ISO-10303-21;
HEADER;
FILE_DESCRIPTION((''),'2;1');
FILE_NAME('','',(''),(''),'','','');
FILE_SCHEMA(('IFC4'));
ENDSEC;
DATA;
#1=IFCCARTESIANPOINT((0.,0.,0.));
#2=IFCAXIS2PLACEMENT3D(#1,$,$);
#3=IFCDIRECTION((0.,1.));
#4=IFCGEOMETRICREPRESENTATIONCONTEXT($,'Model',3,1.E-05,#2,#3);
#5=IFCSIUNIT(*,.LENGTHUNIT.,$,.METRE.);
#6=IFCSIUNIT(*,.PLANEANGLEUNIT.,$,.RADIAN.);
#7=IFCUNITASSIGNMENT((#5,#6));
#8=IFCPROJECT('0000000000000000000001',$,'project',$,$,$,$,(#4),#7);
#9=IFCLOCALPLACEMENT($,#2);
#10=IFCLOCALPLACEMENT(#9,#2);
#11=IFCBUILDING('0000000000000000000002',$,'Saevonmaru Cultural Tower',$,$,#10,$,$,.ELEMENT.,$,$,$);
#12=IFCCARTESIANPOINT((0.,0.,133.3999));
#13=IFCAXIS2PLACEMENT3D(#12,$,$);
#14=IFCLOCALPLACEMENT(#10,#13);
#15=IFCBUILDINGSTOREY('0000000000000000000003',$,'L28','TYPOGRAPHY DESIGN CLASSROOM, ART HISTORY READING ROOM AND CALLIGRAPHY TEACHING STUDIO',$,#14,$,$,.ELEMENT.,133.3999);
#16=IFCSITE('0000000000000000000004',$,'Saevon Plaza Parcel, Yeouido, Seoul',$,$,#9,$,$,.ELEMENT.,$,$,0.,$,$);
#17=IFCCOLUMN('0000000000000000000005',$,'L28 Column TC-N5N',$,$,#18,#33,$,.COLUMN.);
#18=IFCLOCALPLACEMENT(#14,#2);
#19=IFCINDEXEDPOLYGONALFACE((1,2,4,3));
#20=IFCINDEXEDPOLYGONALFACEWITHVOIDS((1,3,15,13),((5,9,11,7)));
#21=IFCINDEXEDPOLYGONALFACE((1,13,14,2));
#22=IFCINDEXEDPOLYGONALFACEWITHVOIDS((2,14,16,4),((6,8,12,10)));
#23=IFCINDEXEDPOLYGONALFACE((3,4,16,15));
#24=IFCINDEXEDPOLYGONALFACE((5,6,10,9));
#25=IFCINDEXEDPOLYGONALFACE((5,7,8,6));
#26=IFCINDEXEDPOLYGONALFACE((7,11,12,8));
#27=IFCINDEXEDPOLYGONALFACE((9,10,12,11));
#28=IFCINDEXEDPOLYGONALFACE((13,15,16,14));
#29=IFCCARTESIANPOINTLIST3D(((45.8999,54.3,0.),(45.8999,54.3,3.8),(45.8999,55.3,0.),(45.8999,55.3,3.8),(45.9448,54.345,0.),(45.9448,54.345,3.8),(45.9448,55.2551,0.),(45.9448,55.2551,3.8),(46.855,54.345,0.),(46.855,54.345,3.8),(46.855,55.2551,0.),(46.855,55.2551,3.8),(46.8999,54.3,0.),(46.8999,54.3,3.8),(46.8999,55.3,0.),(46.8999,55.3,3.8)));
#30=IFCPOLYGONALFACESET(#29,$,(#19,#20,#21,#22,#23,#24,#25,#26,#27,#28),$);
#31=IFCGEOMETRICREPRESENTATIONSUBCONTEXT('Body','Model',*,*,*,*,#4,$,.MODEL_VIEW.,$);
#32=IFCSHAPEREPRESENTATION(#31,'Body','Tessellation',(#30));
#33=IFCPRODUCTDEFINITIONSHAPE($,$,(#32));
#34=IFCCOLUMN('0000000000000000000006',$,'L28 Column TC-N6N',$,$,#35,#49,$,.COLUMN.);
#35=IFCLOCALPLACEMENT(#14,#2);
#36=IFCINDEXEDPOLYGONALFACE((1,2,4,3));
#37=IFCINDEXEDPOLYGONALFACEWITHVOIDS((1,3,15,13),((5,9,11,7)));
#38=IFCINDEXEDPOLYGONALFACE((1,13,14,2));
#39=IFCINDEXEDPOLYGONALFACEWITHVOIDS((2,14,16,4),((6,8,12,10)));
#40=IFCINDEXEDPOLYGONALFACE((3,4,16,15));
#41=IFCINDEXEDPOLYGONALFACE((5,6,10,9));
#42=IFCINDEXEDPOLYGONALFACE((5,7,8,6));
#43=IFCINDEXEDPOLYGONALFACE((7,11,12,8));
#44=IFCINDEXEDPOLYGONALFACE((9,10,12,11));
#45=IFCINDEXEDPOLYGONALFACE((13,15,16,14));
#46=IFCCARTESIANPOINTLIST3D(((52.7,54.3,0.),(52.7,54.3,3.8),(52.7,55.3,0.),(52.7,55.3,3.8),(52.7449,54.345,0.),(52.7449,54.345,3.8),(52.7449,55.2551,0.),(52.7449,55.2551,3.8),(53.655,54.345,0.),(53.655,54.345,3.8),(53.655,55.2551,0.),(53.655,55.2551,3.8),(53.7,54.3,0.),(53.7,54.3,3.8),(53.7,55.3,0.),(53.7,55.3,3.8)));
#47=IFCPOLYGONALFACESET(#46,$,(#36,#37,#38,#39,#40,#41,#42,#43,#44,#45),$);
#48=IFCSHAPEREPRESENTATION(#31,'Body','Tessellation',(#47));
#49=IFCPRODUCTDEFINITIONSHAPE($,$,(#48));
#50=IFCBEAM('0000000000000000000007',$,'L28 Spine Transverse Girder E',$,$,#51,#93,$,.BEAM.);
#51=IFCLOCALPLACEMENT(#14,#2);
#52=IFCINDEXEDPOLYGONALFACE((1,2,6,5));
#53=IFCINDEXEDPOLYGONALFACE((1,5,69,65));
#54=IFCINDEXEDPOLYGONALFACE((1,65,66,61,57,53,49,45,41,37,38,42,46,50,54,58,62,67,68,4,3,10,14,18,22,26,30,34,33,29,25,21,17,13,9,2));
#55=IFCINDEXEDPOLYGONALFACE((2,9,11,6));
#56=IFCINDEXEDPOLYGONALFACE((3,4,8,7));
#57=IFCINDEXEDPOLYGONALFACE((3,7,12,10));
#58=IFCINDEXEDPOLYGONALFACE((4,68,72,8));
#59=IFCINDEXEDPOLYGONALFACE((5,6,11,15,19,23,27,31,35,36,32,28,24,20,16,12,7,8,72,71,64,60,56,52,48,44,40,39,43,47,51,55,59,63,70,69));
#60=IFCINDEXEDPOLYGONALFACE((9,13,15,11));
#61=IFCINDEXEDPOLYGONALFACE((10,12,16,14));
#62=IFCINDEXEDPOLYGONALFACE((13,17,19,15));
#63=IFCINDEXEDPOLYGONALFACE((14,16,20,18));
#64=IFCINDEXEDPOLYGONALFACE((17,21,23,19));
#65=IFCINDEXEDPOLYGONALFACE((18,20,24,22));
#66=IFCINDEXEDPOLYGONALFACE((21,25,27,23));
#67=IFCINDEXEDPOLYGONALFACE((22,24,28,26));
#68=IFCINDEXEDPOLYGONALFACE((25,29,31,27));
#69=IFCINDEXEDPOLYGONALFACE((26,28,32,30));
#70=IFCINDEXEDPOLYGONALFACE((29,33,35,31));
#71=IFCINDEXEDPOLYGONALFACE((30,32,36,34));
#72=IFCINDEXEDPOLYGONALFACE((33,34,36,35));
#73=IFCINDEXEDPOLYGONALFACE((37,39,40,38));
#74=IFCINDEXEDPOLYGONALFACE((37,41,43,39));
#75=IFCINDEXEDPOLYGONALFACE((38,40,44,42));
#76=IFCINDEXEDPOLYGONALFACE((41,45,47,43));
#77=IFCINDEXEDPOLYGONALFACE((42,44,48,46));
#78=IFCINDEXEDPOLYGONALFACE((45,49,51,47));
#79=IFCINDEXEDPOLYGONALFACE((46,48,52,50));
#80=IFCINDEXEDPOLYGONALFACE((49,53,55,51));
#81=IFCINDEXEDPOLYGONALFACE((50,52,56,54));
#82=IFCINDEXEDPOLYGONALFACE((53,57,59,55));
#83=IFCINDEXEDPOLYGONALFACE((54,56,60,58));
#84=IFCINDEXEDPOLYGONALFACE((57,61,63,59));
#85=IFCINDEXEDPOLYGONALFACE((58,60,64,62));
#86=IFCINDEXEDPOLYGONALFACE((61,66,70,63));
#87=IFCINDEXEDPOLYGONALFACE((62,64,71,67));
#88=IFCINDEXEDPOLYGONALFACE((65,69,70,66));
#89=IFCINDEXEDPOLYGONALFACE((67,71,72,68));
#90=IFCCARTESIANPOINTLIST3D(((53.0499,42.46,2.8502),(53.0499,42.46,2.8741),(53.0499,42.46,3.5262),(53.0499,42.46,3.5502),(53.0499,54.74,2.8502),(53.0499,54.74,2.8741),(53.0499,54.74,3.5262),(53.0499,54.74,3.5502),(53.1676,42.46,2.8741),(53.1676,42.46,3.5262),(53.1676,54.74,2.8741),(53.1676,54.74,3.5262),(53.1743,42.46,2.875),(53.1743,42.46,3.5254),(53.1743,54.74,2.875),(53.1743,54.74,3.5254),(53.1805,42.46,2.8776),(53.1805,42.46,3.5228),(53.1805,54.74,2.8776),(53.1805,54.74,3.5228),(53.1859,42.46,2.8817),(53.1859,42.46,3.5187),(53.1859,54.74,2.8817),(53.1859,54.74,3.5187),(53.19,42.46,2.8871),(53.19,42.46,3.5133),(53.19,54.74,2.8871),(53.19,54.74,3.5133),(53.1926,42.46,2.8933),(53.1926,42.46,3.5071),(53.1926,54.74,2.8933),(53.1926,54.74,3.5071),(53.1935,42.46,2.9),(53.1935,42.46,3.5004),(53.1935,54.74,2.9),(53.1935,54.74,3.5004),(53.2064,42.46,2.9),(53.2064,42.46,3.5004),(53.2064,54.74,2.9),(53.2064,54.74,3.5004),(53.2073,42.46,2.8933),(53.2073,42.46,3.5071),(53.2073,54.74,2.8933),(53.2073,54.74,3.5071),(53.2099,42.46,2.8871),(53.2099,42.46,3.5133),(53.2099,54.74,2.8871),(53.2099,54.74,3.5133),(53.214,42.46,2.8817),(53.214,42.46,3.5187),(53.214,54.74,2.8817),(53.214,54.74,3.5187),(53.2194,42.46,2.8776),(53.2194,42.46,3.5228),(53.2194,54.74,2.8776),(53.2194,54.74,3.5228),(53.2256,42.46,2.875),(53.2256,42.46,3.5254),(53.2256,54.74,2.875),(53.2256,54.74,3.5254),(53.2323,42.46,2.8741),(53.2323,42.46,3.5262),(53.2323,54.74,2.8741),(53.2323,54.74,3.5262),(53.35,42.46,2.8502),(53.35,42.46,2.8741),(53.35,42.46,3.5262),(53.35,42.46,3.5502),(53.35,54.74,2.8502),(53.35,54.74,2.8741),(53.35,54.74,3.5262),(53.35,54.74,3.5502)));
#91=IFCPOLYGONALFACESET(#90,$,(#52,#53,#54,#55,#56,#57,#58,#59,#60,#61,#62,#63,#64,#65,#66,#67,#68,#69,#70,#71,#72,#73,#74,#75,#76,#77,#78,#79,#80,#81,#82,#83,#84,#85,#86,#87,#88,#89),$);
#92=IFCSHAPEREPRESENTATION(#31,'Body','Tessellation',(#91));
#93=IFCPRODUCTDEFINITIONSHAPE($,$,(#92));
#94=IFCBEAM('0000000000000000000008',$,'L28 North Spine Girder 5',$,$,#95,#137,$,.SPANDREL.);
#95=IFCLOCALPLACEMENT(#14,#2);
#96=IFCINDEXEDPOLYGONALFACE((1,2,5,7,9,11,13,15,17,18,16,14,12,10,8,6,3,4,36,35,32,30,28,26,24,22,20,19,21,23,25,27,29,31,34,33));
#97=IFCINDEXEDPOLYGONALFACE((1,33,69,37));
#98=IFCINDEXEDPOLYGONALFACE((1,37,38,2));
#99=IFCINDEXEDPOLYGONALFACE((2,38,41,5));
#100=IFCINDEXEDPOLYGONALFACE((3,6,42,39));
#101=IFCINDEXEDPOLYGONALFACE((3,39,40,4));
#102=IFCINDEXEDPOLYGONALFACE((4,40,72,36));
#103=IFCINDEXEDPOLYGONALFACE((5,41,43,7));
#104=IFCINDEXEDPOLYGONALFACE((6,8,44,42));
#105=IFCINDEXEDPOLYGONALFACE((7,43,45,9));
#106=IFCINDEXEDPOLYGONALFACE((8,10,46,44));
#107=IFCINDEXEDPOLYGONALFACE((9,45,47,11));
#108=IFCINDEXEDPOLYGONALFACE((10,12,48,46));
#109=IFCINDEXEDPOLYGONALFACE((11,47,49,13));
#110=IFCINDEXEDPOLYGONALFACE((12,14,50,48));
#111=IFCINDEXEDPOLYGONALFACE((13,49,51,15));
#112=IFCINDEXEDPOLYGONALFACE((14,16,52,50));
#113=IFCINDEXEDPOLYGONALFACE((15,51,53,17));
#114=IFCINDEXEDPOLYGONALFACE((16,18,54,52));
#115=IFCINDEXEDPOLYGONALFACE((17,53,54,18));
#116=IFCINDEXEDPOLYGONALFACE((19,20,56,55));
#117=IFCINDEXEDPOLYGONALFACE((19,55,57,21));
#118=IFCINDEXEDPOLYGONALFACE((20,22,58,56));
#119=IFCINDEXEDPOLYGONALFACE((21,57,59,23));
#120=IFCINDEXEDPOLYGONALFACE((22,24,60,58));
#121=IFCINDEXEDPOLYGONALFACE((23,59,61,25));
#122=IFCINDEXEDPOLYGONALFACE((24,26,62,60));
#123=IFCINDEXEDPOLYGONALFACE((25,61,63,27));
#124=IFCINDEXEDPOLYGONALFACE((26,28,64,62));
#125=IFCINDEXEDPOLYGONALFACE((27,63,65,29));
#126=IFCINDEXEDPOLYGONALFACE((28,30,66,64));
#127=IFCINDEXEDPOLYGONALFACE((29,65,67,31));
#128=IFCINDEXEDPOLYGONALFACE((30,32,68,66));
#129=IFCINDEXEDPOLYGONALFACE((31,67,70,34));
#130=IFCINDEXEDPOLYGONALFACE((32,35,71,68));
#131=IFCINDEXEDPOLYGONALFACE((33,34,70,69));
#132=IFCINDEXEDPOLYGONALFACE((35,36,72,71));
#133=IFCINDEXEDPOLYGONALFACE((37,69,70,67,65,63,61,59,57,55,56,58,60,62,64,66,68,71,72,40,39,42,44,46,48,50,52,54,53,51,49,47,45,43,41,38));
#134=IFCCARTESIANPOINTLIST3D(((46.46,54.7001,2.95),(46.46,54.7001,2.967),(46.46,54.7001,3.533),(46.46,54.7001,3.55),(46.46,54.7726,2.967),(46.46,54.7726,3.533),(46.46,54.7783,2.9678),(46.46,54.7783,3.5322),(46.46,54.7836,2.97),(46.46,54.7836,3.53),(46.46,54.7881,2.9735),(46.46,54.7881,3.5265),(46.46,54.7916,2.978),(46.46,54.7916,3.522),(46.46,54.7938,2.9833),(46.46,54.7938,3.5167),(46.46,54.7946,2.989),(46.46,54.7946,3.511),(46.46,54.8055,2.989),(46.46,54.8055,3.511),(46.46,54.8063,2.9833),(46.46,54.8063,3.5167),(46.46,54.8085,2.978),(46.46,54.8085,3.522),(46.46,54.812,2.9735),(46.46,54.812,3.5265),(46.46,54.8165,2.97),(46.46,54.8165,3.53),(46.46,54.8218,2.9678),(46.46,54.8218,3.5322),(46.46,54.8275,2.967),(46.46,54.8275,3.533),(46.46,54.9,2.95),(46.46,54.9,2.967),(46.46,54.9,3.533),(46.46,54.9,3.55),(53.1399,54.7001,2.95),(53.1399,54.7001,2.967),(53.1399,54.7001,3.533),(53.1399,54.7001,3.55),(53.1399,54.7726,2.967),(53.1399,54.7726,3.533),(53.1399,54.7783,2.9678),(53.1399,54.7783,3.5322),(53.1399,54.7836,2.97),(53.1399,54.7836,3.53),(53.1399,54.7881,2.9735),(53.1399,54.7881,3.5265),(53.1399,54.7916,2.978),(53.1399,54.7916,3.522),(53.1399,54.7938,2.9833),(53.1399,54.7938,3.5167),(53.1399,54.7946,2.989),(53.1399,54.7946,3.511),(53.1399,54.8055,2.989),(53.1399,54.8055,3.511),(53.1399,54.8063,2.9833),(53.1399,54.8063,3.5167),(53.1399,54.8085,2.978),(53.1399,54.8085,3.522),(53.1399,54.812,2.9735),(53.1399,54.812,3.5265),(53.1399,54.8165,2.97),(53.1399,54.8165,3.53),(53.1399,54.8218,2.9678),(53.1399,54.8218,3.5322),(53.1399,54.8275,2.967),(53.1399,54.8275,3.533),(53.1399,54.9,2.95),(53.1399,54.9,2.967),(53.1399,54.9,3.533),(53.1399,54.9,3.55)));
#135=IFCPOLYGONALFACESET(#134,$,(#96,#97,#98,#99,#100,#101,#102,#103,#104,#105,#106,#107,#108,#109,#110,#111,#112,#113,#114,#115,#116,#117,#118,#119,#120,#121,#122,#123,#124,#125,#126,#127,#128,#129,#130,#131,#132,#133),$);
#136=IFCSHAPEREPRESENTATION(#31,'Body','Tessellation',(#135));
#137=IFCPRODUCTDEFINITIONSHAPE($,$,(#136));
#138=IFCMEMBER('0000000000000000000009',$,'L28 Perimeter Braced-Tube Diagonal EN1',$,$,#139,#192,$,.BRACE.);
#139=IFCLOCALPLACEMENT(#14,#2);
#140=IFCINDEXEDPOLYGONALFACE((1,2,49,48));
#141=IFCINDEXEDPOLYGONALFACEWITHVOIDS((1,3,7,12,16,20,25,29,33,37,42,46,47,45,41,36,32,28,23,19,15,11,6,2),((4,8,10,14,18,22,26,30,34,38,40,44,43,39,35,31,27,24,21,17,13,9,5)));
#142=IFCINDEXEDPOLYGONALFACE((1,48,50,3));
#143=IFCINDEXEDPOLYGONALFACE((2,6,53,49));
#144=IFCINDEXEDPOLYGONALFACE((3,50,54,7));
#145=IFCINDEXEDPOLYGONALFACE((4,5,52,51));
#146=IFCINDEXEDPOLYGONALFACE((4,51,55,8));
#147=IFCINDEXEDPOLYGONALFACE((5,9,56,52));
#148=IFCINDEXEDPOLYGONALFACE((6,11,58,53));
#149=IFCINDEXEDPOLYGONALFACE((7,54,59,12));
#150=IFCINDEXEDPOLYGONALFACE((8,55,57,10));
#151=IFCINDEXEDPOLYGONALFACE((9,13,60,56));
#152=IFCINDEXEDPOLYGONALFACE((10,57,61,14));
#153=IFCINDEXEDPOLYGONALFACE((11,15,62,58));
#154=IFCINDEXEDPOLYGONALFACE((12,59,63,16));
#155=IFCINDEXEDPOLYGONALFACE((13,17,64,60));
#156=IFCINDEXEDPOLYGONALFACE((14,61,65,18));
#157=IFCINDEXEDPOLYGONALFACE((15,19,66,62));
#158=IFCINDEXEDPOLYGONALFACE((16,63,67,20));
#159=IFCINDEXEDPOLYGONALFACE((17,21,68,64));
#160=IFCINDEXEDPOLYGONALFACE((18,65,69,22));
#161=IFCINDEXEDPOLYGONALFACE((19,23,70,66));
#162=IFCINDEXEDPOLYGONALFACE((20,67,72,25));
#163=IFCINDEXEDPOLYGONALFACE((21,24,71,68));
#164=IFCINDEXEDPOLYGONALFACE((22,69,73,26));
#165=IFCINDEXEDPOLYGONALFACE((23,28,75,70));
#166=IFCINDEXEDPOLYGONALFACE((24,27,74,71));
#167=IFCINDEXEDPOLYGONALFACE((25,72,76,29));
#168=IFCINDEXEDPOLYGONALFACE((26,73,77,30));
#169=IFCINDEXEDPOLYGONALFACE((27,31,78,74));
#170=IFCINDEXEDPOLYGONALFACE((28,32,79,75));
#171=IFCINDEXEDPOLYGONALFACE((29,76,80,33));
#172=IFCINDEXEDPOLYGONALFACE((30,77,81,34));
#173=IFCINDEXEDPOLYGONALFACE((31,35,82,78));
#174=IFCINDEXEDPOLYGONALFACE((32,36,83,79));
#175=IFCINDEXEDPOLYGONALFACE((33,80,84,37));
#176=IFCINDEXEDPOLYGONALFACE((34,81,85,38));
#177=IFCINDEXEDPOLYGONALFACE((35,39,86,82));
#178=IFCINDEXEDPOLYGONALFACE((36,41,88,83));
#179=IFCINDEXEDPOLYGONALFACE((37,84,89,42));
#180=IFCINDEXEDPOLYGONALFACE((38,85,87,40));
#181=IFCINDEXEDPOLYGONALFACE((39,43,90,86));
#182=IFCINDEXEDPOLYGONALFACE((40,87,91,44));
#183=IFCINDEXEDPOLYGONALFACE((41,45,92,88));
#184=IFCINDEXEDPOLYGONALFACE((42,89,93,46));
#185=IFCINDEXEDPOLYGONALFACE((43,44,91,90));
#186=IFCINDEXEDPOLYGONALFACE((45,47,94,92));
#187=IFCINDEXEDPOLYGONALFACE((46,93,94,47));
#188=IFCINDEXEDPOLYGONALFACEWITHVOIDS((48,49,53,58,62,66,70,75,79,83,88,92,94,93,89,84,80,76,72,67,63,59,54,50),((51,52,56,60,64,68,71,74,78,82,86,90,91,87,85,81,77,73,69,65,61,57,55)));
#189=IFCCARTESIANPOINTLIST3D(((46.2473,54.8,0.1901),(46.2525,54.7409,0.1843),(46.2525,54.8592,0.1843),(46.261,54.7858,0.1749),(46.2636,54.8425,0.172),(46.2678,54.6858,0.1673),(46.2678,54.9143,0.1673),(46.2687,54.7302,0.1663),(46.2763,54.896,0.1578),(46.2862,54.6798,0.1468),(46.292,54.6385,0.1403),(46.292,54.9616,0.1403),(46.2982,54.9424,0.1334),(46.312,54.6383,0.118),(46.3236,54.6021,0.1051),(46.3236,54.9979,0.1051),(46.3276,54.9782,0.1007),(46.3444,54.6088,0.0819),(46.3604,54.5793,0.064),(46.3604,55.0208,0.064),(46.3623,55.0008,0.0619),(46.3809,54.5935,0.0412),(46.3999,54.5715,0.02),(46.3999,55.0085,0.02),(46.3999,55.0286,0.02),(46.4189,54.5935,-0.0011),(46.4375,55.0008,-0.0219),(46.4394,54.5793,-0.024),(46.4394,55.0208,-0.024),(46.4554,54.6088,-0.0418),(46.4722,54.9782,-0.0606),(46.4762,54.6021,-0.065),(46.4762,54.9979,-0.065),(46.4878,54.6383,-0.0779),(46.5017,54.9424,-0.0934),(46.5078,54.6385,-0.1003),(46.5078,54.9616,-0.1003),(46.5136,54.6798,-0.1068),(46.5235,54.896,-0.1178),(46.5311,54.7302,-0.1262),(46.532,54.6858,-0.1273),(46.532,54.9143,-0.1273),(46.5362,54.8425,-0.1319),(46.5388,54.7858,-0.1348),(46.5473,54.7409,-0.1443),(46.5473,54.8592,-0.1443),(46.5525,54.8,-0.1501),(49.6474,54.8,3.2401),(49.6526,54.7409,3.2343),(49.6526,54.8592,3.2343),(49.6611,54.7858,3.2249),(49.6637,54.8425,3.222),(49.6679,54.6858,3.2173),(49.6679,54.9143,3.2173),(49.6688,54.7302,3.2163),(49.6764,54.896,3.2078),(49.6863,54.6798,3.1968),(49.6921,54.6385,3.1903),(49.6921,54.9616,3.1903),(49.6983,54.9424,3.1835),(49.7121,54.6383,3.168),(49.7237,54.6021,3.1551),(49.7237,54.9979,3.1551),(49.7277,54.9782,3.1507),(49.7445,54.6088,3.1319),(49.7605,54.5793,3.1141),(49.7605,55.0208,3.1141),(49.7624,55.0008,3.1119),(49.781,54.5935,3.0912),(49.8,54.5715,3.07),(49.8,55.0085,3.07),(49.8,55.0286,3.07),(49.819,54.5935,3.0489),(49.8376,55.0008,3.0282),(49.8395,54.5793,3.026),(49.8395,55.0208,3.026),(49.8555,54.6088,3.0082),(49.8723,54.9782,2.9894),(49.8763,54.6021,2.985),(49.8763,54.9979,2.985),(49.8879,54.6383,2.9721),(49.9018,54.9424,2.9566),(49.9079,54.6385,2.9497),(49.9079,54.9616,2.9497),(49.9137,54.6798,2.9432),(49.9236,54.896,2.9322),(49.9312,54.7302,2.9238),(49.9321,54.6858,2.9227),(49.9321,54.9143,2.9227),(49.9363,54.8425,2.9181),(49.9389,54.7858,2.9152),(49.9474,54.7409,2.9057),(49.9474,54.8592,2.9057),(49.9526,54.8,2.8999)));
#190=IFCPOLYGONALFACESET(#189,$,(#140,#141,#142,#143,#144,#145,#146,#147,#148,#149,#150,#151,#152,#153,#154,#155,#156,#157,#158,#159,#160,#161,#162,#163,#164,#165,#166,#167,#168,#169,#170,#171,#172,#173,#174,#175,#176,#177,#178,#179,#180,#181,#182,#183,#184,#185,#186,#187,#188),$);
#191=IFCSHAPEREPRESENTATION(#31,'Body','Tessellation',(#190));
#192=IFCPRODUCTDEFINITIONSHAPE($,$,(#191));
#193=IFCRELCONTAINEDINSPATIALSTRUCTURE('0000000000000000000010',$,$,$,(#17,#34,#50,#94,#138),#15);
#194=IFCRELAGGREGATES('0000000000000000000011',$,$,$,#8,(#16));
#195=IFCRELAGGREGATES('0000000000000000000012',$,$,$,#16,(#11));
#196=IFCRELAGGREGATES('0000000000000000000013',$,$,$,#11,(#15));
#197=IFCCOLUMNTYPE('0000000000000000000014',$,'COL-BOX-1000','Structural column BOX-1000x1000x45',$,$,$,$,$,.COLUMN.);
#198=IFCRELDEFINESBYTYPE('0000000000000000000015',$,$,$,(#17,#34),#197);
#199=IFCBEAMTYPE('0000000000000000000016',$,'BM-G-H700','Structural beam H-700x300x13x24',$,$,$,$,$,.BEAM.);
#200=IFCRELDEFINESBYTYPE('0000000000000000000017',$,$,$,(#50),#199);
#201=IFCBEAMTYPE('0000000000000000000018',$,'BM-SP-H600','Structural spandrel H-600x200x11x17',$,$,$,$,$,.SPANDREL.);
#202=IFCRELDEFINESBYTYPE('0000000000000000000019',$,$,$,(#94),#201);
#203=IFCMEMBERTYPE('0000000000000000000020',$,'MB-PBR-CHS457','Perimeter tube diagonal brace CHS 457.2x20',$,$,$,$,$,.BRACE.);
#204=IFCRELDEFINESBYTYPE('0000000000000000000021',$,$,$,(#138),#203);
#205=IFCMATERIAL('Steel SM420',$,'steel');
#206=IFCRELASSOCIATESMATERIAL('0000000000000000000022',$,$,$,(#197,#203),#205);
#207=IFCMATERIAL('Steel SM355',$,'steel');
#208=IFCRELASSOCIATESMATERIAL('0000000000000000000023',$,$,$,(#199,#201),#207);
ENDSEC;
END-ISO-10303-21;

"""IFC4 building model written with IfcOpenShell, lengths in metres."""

from ifc_helpers import new_model, si_unit, direction, frame, origin, origin_2d, place, context, subcontext, project, spatial, hollow_rectangle, hollow_circle, i_section, extrude, material, material_profile, profile_set, type_object, element, save


model = new_model("IFC4")

# Units and contexts
model_context = context("Model", 3, precision=1e-05, world=origin(), true_north=direction((0.0, 1.0)))
body_context = subcontext(model_context, "Body", "Model", "MODEL_VIEW")
ifc_project = project(units=[si_unit("LENGTHUNIT", "METRE"), si_unit("PLANEANGLEUNIT", "RADIAN")], contexts=[model_context])

# Site, building, storey
site_placement = place(None, origin())
site = spatial("IfcSite", under=ifc_project, at=site_placement, Name="Saevon Plaza Parcel, Yeouido, Seoul", CompositionType="ELEMENT", RefElevation=0.0)
building_placement = place(site_placement, origin())
building = spatial("IfcBuilding", under=site, at=building_placement, Name="Saevonmaru Cultural Tower", CompositionType="ELEMENT")
storey_placement = place(building_placement, frame((0.0, 0.0, 133.3999)))
storey = spatial("IfcBuildingStorey", under=building, at=storey_placement, Name="L28", Description="TYPOGRAPHY DESIGN CLASSROOM, ART HISTORY READING ROOM AND CALLIGRAPHY TEACHING STUDIO", CompositionType="ELEMENT", Elevation=133.3999)

# Columns
ifc_material_1 = material(Name="Steel SM420", Category="steel")
ifc_material_profile_1 = material_profile(ifc_material_1, hollow_rectangle(XDim=1.0, YDim=1.0, WallThickness=0.0449, at=origin_2d()), Name="BOX-1000x1000x45")
ifc_profile_set_1 = profile_set([ifc_material_profile_1], Name="Steel SM420")
column_type = type_object("IfcColumnType", Name="COL-BOX-1000", Description="Structural column BOX-1000x1000x45", PredefinedType="COLUMN", material=ifc_profile_set_1)
for number, where, z_axis, x_axis, name in (
    (1, (46.3999, 54.8, 0.0), (0.0, 0.0, 1.0), (1.0, 0.0, 0.0), "L28 Column TC-N5N"),
    (2, (53.2, 54.8, 0.0), (0.0, 0.0, 1.0), (1.0, 0.0, 0.0), "L28 Column TC-N6N"),
):
    element("IfcColumn", number, at=place(storey_placement, frame(where, z_axis=z_axis, x_axis=x_axis)), inside=storey, type_object=column_type, Name=name, PredefinedType="COLUMN", context=body_context, shape_type="SweptSolid", body=[
        extrude(hollow_rectangle(XDim=1.0, YDim=1.0, WallThickness=0.0449, at=origin_2d()), origin(), (0.0, 0.0, 1.0), 3.8),
    ])

# Beams
ifc_material_2 = material(Name="Steel SM355", Category="steel")
ifc_material_profile_2 = material_profile(ifc_material_2, i_section(OverallWidth=0.3, OverallDepth=0.7, WebThickness=0.0129, FlangeThickness=0.0239, FilletRadius=0.0259, at=origin_2d()), Name="H-700x300x13x24")
ifc_profile_set_2 = profile_set([ifc_material_profile_2], Name="Steel SM355")
beam_type_1 = type_object("IfcBeamType", Name="BM-G-H700", Description="Structural beam H-700x300x13x24", PredefinedType="BEAM", material=ifc_profile_set_2)
beam_1_placement = place(storey_placement, frame((53.2, 54.74, 3.2002), z_axis=(0.0, -1.0, 0.0), x_axis=(1.0, 0.0, 0.0)))
element("IfcBeam", 3, at=beam_1_placement, inside=storey, type_object=beam_type_1, Name="L28 Spine Transverse Girder E", PredefinedType="BEAM", context=body_context, shape_type="SweptSolid", body=[
    extrude(i_section(OverallWidth=0.3, OverallDepth=0.7, WebThickness=0.0129, FlangeThickness=0.0239, FilletRadius=0.0259, at=origin_2d()), origin(), (0.0, 0.0, 1.0), 12.28),
])
ifc_material_profile_3 = material_profile(ifc_material_2, i_section(OverallWidth=0.2, OverallDepth=0.6001, WebThickness=0.011, FlangeThickness=0.0171, FilletRadius=0.022, at=origin_2d()), Name="H-600x200x11x17")
ifc_profile_set_3 = profile_set([ifc_material_profile_3], Name="Steel SM355")
beam_type_2 = type_object("IfcBeamType", Name="BM-SP-H600", Description="Structural spandrel H-600x200x11x17", PredefinedType="SPANDREL", material=ifc_profile_set_3)
beam_2_placement = place(storey_placement, frame((46.46, 54.8, 3.25), z_axis=(1.0, 0.0, 0.0), x_axis=(0.0, 1.0, 0.0)))
element("IfcBeam", 4, at=beam_2_placement, inside=storey, type_object=beam_type_2, Name="L28 North Spine Girder 5", PredefinedType="SPANDREL", context=body_context, shape_type="SweptSolid", body=[
    extrude(i_section(OverallWidth=0.2, OverallDepth=0.6001, WebThickness=0.011, FlangeThickness=0.0171, FilletRadius=0.022, at=origin_2d()), origin(), (0.0, 0.0, 1.0), 6.6799),
])

# Member
ifc_material_profile_4 = material_profile(ifc_material_1, hollow_circle(Radius=0.2285, WallThickness=0.02, at=origin_2d()), Name="CHS-457.2x20")
ifc_profile_set_4 = profile_set([ifc_material_profile_4], Name="Steel SM420")
member_type_1 = type_object("IfcMemberType", Name="MB-PBR-CHS457", Description="Perimeter tube diagonal brace CHS 457.2x20", PredefinedType="BRACE", material=ifc_profile_set_4)
for number, where, z_axis, x_axis, name in (
    (5, (46.3999, 54.8, 0.02), (0.744391, 0.0, 0.667744), (0.0, 1.0, 0.0), "L28 Perimeter Braced-Tube Diagonal EN1"),
):
    element("IfcMember", number, at=place(storey_placement, frame(where, z_axis=z_axis, x_axis=x_axis)), inside=storey, type_object=member_type_1, Name=name, PredefinedType="BRACE", context=body_context, shape_type="SweptSolid", body=[
        extrude(hollow_circle(Radius=0.2285, WallThickness=0.02, at=origin_2d()), origin(), (0.0, 0.0, 1.0), 4.5676),
    ])

save(model, "model.ifc")
